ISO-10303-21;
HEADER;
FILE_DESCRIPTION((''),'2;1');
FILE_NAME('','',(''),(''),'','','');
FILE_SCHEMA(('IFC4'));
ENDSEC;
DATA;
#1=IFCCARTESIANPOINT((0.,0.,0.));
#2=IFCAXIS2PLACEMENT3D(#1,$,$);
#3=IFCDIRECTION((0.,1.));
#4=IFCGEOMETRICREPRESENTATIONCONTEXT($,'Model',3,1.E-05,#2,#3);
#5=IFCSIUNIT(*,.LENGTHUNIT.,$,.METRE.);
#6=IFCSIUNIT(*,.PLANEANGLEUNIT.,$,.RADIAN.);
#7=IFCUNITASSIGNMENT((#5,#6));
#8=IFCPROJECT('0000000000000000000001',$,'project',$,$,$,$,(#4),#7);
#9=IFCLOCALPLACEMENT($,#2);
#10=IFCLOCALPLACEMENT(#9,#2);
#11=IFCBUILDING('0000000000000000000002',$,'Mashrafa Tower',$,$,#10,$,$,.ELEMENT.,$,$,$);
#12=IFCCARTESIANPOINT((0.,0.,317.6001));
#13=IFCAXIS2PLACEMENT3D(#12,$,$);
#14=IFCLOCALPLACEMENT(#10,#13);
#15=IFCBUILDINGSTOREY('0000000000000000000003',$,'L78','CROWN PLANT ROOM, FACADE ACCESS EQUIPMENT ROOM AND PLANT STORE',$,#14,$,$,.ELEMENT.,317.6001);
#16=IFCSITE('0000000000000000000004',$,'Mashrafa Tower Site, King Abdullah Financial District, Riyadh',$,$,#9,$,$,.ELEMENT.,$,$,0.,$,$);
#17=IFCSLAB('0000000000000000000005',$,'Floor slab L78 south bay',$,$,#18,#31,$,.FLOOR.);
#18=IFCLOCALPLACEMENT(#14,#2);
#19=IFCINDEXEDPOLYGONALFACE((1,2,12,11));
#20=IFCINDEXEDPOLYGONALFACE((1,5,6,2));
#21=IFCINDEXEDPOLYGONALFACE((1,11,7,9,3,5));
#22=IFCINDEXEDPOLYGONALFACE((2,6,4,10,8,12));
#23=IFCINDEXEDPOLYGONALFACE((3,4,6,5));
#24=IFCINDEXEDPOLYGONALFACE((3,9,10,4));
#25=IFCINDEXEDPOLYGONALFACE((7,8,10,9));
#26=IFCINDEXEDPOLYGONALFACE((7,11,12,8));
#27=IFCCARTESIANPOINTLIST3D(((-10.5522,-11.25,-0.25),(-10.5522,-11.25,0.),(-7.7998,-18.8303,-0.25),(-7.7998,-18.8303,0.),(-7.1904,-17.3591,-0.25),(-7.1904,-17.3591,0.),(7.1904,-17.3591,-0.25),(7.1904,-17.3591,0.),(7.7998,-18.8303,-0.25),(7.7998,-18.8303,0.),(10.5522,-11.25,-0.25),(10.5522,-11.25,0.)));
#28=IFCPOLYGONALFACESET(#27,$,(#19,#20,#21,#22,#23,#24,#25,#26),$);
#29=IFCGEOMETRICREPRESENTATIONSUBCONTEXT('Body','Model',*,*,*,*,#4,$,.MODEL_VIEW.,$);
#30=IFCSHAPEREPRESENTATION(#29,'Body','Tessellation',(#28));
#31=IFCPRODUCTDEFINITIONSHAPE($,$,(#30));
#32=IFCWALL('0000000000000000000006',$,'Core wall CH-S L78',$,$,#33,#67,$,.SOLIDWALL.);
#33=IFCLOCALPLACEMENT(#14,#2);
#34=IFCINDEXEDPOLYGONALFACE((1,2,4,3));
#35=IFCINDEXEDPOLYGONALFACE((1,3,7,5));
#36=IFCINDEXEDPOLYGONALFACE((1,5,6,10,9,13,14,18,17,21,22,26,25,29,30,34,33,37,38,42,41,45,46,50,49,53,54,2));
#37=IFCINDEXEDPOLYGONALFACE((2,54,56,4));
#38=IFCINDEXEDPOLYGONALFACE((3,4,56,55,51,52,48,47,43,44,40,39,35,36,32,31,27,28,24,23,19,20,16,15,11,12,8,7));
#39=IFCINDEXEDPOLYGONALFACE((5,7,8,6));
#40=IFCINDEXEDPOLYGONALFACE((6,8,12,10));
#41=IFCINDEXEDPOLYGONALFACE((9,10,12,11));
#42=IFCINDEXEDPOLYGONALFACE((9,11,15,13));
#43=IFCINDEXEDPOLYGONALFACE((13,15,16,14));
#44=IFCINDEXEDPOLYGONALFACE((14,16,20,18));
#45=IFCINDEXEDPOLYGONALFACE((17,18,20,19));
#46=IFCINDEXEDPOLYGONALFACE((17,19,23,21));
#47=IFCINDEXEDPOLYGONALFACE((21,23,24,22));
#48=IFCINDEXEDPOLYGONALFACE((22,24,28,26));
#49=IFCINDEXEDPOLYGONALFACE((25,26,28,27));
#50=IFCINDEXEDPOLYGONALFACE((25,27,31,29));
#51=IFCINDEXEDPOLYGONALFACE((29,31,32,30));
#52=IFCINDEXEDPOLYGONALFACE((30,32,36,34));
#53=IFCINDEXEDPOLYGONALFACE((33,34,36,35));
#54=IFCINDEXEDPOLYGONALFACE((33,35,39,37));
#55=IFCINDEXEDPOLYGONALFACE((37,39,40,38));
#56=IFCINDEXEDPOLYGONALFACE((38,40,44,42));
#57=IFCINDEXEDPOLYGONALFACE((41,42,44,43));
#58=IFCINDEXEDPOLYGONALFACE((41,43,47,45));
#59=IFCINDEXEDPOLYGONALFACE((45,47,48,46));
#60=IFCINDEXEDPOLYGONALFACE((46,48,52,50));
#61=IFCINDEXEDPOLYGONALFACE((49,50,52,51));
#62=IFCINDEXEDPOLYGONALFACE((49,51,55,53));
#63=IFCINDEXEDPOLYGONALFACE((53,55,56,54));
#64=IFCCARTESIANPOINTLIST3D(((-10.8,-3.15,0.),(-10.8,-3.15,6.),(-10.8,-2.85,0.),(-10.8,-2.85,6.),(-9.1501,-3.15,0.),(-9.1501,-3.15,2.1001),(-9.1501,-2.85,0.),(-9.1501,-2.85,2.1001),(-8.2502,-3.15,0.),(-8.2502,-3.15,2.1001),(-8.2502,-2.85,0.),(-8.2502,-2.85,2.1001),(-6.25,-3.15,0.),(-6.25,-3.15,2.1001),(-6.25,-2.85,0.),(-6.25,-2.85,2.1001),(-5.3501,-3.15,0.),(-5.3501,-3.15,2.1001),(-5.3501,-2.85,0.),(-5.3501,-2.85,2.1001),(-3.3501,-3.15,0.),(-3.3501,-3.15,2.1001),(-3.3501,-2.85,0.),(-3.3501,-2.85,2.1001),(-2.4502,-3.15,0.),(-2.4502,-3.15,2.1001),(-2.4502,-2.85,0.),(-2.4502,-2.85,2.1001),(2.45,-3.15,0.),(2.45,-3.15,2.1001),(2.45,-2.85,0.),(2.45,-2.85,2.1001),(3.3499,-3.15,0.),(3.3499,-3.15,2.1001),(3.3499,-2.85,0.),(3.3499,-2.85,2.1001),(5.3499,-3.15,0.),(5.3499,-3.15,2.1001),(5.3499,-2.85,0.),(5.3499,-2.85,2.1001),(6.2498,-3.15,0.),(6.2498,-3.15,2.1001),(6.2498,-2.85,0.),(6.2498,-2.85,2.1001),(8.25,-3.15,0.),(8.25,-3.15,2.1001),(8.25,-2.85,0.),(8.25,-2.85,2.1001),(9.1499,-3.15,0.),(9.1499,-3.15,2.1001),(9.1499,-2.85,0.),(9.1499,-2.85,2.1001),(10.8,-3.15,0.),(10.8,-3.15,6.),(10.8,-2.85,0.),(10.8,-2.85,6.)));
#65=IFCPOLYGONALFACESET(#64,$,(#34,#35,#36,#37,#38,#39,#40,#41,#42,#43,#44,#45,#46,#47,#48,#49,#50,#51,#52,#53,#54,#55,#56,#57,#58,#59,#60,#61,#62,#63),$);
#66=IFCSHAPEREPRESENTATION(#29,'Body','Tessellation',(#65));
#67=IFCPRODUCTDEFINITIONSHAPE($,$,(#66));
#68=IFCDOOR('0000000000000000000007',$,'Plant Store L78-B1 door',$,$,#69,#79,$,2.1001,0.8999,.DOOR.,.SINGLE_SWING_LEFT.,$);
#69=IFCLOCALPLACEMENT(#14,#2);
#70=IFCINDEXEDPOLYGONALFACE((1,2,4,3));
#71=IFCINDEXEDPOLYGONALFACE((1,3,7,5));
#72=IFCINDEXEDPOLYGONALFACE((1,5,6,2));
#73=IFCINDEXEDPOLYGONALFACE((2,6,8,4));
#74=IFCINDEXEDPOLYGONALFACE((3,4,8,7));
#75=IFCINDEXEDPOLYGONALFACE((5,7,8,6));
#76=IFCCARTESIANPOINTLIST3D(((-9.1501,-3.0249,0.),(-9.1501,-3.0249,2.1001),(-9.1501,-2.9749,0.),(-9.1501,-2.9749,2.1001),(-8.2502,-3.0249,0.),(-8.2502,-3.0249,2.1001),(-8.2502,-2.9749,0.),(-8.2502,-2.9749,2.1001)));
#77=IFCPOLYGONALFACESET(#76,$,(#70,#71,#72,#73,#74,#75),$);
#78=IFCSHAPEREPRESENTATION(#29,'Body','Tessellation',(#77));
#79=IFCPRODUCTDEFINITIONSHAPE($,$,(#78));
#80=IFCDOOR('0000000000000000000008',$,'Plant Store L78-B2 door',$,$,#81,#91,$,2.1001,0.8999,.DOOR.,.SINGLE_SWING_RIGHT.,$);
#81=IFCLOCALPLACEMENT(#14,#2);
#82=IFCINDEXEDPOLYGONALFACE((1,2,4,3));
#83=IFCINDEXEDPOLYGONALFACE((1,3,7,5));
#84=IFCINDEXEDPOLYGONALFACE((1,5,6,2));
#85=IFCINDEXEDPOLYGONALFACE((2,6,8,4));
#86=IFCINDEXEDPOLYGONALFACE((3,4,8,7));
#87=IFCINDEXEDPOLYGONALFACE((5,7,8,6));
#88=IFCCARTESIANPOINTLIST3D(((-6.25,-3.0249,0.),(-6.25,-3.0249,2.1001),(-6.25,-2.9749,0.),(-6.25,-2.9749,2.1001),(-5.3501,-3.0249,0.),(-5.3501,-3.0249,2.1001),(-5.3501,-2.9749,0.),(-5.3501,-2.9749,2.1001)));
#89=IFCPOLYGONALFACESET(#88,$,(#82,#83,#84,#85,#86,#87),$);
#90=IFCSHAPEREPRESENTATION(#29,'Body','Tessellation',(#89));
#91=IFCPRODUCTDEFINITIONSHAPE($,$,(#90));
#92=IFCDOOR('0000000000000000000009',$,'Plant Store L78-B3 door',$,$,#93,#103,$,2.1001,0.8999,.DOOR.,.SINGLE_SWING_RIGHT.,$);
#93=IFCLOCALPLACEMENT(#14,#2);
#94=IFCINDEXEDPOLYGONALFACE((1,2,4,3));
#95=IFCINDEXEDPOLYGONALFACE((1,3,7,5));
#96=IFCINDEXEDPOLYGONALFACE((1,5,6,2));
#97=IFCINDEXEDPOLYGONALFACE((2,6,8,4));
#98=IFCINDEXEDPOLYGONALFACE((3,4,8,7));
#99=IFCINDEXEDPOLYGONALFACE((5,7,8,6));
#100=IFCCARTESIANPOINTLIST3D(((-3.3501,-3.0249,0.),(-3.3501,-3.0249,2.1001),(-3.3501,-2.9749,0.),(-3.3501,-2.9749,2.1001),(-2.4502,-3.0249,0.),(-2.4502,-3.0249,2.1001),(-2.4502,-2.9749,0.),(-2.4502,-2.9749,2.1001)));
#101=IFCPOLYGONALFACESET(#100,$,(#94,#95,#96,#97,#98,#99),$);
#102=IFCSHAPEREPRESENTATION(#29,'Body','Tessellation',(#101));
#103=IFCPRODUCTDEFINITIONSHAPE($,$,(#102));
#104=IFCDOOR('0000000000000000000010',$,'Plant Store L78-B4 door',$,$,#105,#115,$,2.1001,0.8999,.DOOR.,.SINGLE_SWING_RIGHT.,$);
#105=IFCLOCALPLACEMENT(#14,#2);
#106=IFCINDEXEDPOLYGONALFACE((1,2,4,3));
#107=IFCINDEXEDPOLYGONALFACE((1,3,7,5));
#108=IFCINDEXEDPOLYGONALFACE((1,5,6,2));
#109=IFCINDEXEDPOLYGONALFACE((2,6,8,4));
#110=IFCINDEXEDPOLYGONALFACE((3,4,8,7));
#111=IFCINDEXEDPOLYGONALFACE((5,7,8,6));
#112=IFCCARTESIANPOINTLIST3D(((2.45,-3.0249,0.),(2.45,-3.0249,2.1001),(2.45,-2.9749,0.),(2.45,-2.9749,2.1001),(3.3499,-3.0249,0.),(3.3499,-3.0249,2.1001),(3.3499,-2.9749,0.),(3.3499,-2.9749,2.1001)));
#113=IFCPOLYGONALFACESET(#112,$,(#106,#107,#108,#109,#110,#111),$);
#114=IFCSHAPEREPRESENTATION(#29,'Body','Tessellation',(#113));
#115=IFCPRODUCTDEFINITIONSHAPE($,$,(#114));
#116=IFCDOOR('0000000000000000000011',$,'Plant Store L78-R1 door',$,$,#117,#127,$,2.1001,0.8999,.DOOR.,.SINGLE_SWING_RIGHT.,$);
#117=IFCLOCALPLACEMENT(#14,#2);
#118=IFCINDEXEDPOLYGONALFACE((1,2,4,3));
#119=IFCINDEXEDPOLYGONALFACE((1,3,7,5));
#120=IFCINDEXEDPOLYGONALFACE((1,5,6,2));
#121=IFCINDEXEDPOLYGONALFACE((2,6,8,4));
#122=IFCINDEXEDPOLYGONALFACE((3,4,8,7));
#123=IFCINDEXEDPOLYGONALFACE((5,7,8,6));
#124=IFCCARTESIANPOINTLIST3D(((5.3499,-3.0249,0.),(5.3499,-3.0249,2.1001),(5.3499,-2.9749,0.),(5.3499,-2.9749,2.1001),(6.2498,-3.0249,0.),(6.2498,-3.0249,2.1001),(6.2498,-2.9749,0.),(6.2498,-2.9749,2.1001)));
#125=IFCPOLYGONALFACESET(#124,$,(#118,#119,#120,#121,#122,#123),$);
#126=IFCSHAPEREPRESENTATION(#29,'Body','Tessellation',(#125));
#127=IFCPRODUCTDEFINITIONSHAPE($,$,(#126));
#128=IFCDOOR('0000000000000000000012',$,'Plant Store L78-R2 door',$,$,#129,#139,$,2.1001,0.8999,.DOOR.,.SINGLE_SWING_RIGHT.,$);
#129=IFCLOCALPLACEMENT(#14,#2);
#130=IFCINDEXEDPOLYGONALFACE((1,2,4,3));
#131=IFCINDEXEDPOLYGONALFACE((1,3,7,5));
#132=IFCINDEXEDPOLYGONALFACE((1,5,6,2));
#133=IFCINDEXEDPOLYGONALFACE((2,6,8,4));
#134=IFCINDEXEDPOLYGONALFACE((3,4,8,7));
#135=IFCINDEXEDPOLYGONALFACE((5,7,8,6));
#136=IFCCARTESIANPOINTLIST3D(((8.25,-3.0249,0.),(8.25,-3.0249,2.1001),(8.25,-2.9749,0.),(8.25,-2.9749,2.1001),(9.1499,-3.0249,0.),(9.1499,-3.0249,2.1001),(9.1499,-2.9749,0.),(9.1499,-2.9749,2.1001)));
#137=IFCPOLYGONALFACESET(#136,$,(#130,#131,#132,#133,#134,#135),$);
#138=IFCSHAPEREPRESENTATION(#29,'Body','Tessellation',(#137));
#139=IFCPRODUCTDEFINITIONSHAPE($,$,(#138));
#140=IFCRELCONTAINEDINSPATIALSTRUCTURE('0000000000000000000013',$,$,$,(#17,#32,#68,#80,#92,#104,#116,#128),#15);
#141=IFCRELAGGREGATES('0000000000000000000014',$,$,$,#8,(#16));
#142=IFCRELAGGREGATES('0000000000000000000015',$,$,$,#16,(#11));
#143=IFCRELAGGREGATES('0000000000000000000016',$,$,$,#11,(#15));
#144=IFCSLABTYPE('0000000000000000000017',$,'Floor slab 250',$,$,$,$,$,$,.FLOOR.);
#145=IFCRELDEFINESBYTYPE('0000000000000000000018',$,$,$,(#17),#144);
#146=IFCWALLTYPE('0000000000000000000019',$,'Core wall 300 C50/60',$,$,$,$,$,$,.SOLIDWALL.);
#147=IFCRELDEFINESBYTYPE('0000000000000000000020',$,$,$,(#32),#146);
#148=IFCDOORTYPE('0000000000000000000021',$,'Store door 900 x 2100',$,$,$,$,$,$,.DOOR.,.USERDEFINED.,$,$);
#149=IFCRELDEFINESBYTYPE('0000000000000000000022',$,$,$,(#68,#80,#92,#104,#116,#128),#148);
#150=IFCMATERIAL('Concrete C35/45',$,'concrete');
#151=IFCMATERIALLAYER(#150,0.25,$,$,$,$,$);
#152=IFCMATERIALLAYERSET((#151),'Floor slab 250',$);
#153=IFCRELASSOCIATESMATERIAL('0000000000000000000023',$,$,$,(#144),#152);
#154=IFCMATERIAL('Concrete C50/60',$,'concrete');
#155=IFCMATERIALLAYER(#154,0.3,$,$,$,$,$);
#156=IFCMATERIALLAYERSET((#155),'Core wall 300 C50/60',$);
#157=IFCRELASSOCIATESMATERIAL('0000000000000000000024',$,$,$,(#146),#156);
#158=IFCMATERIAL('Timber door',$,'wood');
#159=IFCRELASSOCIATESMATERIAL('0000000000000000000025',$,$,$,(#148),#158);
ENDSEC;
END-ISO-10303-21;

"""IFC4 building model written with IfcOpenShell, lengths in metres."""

from ifc_helpers import new_model, si_unit, direction, frame, frame_2d, origin, place, context, subcontext, project, spatial, polyline, rectangle, outline, extrude, material, layer, layer_set, type_object, element, fill, save


model = new_model("IFC4")

# Units and contexts
model_context = context("Model", 3, precision=1e-05, world=origin(), true_north=direction((0.0, 1.0)))
body_context = subcontext(model_context, "Body", "Model", "MODEL_VIEW")
ifc_project = project(units=[si_unit("LENGTHUNIT", "METRE"), si_unit("PLANEANGLEUNIT", "RADIAN")], contexts=[model_context])

# Site, building, storey
site_placement = place(None, origin())
site = spatial("IfcSite", under=ifc_project, at=site_placement, Name="Mashrafa Tower Site, King Abdullah Financial District, Riyadh", CompositionType="ELEMENT", RefElevation=0.0)
building_placement = place(site_placement, origin())
building = spatial("IfcBuilding", under=site, at=building_placement, Name="Mashrafa Tower", CompositionType="ELEMENT")
storey_placement = place(building_placement, frame((0.0, 0.0, 317.6001)))
storey = spatial("IfcBuildingStorey", under=building, at=storey_placement, Name="L78", Description="CROWN PLANT ROOM, FACADE ACCESS EQUIPMENT ROOM AND PLANT STORE", CompositionType="ELEMENT", Elevation=317.6001)

# Slab
ifc_material_1 = material(Name="Concrete C35/45", Category="concrete")
ifc_layer_1 = layer(ifc_material_1, 0.25)
ifc_layer_set_1 = layer_set([ifc_layer_1], Name="Floor slab 250")
slab_type = type_object("IfcSlabType", Name="Floor slab 250", PredefinedType="FLOOR", material=ifc_layer_set_1)
slab_1_placement = place(storey_placement, frame((0.0, 0.0, -0.25)))
element("IfcSlab", 1, at=slab_1_placement, inside=storey, type_object=slab_type, Name="Floor slab L78 south bay", PredefinedType="FLOOR", context=body_context, shape_type="SweptSolid", body=[
    extrude(outline(polyline([(-7.7998, -18.8303), (-7.7998, -18.8303), (-7.1904, -17.3591), (-10.5522, -11.25), (10.5522, -11.25), (7.1904, -17.3591), (7.7998, -18.8303), (7.7998, -18.8303), (-7.7998, -18.8303)])), origin(), (0.0, 0.0, 1.0), 0.25),
])

# Wall, openings, doors
ifc_material_2 = material(Name="Concrete C50/60", Category="concrete")
ifc_layer_2 = layer(ifc_material_2, 0.3)
ifc_layer_set_2 = layer_set([ifc_layer_2], Name="Core wall 300 C50/60")
wall_type_1 = type_object("IfcWallType", Name="Core wall 300 C50/60", PredefinedType="SOLIDWALL", material=ifc_layer_set_2)
wall_1_placement = place(storey_placement, frame((-10.8, -3.0, 0.0), z_axis=(0.0, 0.0, 1.0), x_axis=(1.0, 0.0, 0.0)))
wall_1 = element("IfcWall", 2, at=wall_1_placement, inside=storey, type_object=wall_type_1, Name="Core wall CH-S L78", PredefinedType="SOLIDWALL", context=body_context, shape_type="SweptSolid", body=[
    extrude(rectangle(XDim=21.6001, YDim=0.3, at=frame_2d((10.8, 0.0))), origin(), (0.0, 0.0, 1.0), 6.0),
])
opening_1_placement = place(wall_1_placement, frame((1.6499, 0.0, 0.0)))
opening_1 = element("IfcOpeningElement", 3, at=opening_1_placement, cuts=wall_1, PredefinedType="OPENING", context=body_context, shape_type="SweptSolid", body=[
    extrude(rectangle(XDim=0.8999, YDim=2.1001, at=frame_2d((0.45, 1.05))), frame((0.0, 0.1599, 0.0), z_axis=(0.0, -1.0, 0.0), x_axis=(1.0, 0.0, 0.0)), (0.0, 0.0, 1.0), 0.3201),
])
opening_2_placement = place(wall_1_placement, frame((4.55, 0.0, 0.0)))
opening_2 = element("IfcOpeningElement", 4, at=opening_2_placement, cuts=wall_1, PredefinedType="OPENING", context=body_context, shape_type="SweptSolid", body=[
    extrude(rectangle(XDim=0.8999, YDim=2.1001, at=frame_2d((0.45, 1.05))), frame((0.0, 0.1599, 0.0), z_axis=(0.0, -1.0, 0.0), x_axis=(1.0, 0.0, 0.0)), (0.0, 0.0, 1.0), 0.3201),
])
opening_3_placement = place(wall_1_placement, frame((7.45, 0.0, 0.0)))
opening_3 = element("IfcOpeningElement", 5, at=opening_3_placement, cuts=wall_1, PredefinedType="OPENING", context=body_context, shape_type="SweptSolid", body=[
    extrude(rectangle(XDim=0.8999, YDim=2.1001, at=frame_2d((0.45, 1.05))), frame((0.0, 0.1599, 0.0), z_axis=(0.0, -1.0, 0.0), x_axis=(1.0, 0.0, 0.0)), (0.0, 0.0, 1.0), 0.3201),
])
opening_4_placement = place(wall_1_placement, frame((13.25, 0.0, 0.0)))
opening_4 = element("IfcOpeningElement", 6, at=opening_4_placement, cuts=wall_1, PredefinedType="OPENING", context=body_context, shape_type="SweptSolid", body=[
    extrude(rectangle(XDim=0.8999, YDim=2.1001, at=frame_2d((0.45, 1.05))), frame((0.0, 0.1599, 0.0), z_axis=(0.0, -1.0, 0.0), x_axis=(1.0, 0.0, 0.0)), (0.0, 0.0, 1.0), 0.3201),
])
opening_5_placement = place(wall_1_placement, frame((16.1499, 0.0, 0.0)))
opening_5 = element("IfcOpeningElement", 7, at=opening_5_placement, cuts=wall_1, PredefinedType="OPENING", context=body_context, shape_type="SweptSolid", body=[
    extrude(rectangle(XDim=0.8999, YDim=2.1001, at=frame_2d((0.45, 1.05))), frame((0.0, 0.1599, 0.0), z_axis=(0.0, -1.0, 0.0), x_axis=(1.0, 0.0, 0.0)), (0.0, 0.0, 1.0), 0.3201),
])
opening_6_placement = place(wall_1_placement, frame((19.05, 0.0, 0.0)))
opening_6 = element("IfcOpeningElement", 8, at=opening_6_placement, cuts=wall_1, PredefinedType="OPENING", context=body_context, shape_type="SweptSolid", body=[
    extrude(rectangle(XDim=0.8999, YDim=2.1001, at=frame_2d((0.45, 1.05))), frame((0.0, 0.1599, 0.0), z_axis=(0.0, -1.0, 0.0), x_axis=(1.0, 0.0, 0.0)), (0.0, 0.0, 1.0), 0.3201),
])
ifc_material_3 = material(Name="Timber door", Category="wood")
door_type_1 = type_object("IfcDoorType", Name="Store door 900 x 2100", OperationType="USERDEFINED", PredefinedType="DOOR", material=ifc_material_3)
door_1_placement = place(opening_1_placement, frame((0.8999, 0.0, 0.0), z_axis=(0.0, 0.0, 1.0), x_axis=(-1.0, 0.0, 0.0)))
door_1 = element("IfcDoor", 9, at=door_1_placement, inside=storey, type_object=door_type_1, Name="Plant Store L78-B1 door", OperationType="SINGLE_SWING_LEFT", OverallHeight=2.1001, OverallWidth=0.8999, PredefinedType="DOOR", context=body_context, shape_type="SweptSolid", body=[
    extrude(rectangle(XDim=0.8999, YDim=2.1001, at=frame_2d((0.45, 1.05))), frame((0.0, 0.0249, 0.0), z_axis=(0.0, -1.0, 0.0), x_axis=(1.0, 0.0, 0.0)), (0.0, 0.0, 1.0), 0.05),
])
fill(opening_1, door_1)
door_2_placement = place(opening_2_placement, frame((0.8999, 0.0, 0.0), z_axis=(0.0, 0.0, 1.0), x_axis=(-1.0, 0.0, 0.0)))
door_2 = element("IfcDoor", 10, at=door_2_placement, inside=storey, type_object=door_type_1, Name="Plant Store L78-B2 door", OperationType="SINGLE_SWING_RIGHT", OverallHeight=2.1001, OverallWidth=0.8999, PredefinedType="DOOR", context=body_context, shape_type="SweptSolid", body=[
    extrude(rectangle(XDim=0.8999, YDim=2.1001, at=frame_2d((0.45, 1.05))), frame((0.0, 0.0249, 0.0), z_axis=(0.0, -1.0, 0.0), x_axis=(1.0, 0.0, 0.0)), (0.0, 0.0, 1.0), 0.05),
])
fill(opening_2, door_2)
door_3_placement = place(opening_3_placement, frame((0.8999, 0.0, 0.0), z_axis=(0.0, 0.0, 1.0), x_axis=(-1.0, 0.0, 0.0)))
door_3 = element("IfcDoor", 11, at=door_3_placement, inside=storey, type_object=door_type_1, Name="Plant Store L78-B3 door", OperationType="SINGLE_SWING_RIGHT", OverallHeight=2.1001, OverallWidth=0.8999, PredefinedType="DOOR", context=body_context, shape_type="SweptSolid", body=[
    extrude(rectangle(XDim=0.8999, YDim=2.1001, at=frame_2d((0.45, 1.05))), frame((0.0, 0.0249, 0.0), z_axis=(0.0, -1.0, 0.0), x_axis=(1.0, 0.0, 0.0)), (0.0, 0.0, 1.0), 0.05),
])
fill(opening_3, door_3)
door_4_placement = place(opening_4_placement, frame((0.8999, 0.0, 0.0), z_axis=(0.0, 0.0, 1.0), x_axis=(-1.0, 0.0, 0.0)))
door_4 = element("IfcDoor", 12, at=door_4_placement, inside=storey, type_object=door_type_1, Name="Plant Store L78-B4 door", OperationType="SINGLE_SWING_RIGHT", OverallHeight=2.1001, OverallWidth=0.8999, PredefinedType="DOOR", context=body_context, shape_type="SweptSolid", body=[
    extrude(rectangle(XDim=0.8999, YDim=2.1001, at=frame_2d((0.45, 1.05))), frame((0.0, 0.0249, 0.0), z_axis=(0.0, -1.0, 0.0), x_axis=(1.0, 0.0, 0.0)), (0.0, 0.0, 1.0), 0.05),
])
fill(opening_4, door_4)
door_5_placement = place(opening_5_placement, frame((0.8999, 0.0, 0.0), z_axis=(0.0, 0.0, 1.0), x_axis=(-1.0, 0.0, 0.0)))
door_5 = element("IfcDoor", 13, at=door_5_placement, inside=storey, type_object=door_type_1, Name="Plant Store L78-R1 door", OperationType="SINGLE_SWING_RIGHT", OverallHeight=2.1001, OverallWidth=0.8999, PredefinedType="DOOR", context=body_context, shape_type="SweptSolid", body=[
    extrude(rectangle(XDim=0.8999, YDim=2.1001, at=frame_2d((0.45, 1.05))), frame((0.0, 0.0249, 0.0), z_axis=(0.0, -1.0, 0.0), x_axis=(1.0, 0.0, 0.0)), (0.0, 0.0, 1.0), 0.05),
])
fill(opening_5, door_5)
door_6_placement = place(opening_6_placement, frame((0.8999, 0.0, 0.0), z_axis=(0.0, 0.0, 1.0), x_axis=(-1.0, 0.0, 0.0)))
door_6 = element("IfcDoor", 14, at=door_6_placement, inside=storey, type_object=door_type_1, Name="Plant Store L78-R2 door", OperationType="SINGLE_SWING_RIGHT", OverallHeight=2.1001, OverallWidth=0.8999, PredefinedType="DOOR", context=body_context, shape_type="SweptSolid", body=[
    extrude(rectangle(XDim=0.8999, YDim=2.1001, at=frame_2d((0.45, 1.05))), frame((0.0, 0.0249, 0.0), z_axis=(0.0, -1.0, 0.0), x_axis=(1.0, 0.0, 0.0)), (0.0, 0.0, 1.0), 0.05),
])
fill(opening_6, door_6)

save(model, "model.ifc")
